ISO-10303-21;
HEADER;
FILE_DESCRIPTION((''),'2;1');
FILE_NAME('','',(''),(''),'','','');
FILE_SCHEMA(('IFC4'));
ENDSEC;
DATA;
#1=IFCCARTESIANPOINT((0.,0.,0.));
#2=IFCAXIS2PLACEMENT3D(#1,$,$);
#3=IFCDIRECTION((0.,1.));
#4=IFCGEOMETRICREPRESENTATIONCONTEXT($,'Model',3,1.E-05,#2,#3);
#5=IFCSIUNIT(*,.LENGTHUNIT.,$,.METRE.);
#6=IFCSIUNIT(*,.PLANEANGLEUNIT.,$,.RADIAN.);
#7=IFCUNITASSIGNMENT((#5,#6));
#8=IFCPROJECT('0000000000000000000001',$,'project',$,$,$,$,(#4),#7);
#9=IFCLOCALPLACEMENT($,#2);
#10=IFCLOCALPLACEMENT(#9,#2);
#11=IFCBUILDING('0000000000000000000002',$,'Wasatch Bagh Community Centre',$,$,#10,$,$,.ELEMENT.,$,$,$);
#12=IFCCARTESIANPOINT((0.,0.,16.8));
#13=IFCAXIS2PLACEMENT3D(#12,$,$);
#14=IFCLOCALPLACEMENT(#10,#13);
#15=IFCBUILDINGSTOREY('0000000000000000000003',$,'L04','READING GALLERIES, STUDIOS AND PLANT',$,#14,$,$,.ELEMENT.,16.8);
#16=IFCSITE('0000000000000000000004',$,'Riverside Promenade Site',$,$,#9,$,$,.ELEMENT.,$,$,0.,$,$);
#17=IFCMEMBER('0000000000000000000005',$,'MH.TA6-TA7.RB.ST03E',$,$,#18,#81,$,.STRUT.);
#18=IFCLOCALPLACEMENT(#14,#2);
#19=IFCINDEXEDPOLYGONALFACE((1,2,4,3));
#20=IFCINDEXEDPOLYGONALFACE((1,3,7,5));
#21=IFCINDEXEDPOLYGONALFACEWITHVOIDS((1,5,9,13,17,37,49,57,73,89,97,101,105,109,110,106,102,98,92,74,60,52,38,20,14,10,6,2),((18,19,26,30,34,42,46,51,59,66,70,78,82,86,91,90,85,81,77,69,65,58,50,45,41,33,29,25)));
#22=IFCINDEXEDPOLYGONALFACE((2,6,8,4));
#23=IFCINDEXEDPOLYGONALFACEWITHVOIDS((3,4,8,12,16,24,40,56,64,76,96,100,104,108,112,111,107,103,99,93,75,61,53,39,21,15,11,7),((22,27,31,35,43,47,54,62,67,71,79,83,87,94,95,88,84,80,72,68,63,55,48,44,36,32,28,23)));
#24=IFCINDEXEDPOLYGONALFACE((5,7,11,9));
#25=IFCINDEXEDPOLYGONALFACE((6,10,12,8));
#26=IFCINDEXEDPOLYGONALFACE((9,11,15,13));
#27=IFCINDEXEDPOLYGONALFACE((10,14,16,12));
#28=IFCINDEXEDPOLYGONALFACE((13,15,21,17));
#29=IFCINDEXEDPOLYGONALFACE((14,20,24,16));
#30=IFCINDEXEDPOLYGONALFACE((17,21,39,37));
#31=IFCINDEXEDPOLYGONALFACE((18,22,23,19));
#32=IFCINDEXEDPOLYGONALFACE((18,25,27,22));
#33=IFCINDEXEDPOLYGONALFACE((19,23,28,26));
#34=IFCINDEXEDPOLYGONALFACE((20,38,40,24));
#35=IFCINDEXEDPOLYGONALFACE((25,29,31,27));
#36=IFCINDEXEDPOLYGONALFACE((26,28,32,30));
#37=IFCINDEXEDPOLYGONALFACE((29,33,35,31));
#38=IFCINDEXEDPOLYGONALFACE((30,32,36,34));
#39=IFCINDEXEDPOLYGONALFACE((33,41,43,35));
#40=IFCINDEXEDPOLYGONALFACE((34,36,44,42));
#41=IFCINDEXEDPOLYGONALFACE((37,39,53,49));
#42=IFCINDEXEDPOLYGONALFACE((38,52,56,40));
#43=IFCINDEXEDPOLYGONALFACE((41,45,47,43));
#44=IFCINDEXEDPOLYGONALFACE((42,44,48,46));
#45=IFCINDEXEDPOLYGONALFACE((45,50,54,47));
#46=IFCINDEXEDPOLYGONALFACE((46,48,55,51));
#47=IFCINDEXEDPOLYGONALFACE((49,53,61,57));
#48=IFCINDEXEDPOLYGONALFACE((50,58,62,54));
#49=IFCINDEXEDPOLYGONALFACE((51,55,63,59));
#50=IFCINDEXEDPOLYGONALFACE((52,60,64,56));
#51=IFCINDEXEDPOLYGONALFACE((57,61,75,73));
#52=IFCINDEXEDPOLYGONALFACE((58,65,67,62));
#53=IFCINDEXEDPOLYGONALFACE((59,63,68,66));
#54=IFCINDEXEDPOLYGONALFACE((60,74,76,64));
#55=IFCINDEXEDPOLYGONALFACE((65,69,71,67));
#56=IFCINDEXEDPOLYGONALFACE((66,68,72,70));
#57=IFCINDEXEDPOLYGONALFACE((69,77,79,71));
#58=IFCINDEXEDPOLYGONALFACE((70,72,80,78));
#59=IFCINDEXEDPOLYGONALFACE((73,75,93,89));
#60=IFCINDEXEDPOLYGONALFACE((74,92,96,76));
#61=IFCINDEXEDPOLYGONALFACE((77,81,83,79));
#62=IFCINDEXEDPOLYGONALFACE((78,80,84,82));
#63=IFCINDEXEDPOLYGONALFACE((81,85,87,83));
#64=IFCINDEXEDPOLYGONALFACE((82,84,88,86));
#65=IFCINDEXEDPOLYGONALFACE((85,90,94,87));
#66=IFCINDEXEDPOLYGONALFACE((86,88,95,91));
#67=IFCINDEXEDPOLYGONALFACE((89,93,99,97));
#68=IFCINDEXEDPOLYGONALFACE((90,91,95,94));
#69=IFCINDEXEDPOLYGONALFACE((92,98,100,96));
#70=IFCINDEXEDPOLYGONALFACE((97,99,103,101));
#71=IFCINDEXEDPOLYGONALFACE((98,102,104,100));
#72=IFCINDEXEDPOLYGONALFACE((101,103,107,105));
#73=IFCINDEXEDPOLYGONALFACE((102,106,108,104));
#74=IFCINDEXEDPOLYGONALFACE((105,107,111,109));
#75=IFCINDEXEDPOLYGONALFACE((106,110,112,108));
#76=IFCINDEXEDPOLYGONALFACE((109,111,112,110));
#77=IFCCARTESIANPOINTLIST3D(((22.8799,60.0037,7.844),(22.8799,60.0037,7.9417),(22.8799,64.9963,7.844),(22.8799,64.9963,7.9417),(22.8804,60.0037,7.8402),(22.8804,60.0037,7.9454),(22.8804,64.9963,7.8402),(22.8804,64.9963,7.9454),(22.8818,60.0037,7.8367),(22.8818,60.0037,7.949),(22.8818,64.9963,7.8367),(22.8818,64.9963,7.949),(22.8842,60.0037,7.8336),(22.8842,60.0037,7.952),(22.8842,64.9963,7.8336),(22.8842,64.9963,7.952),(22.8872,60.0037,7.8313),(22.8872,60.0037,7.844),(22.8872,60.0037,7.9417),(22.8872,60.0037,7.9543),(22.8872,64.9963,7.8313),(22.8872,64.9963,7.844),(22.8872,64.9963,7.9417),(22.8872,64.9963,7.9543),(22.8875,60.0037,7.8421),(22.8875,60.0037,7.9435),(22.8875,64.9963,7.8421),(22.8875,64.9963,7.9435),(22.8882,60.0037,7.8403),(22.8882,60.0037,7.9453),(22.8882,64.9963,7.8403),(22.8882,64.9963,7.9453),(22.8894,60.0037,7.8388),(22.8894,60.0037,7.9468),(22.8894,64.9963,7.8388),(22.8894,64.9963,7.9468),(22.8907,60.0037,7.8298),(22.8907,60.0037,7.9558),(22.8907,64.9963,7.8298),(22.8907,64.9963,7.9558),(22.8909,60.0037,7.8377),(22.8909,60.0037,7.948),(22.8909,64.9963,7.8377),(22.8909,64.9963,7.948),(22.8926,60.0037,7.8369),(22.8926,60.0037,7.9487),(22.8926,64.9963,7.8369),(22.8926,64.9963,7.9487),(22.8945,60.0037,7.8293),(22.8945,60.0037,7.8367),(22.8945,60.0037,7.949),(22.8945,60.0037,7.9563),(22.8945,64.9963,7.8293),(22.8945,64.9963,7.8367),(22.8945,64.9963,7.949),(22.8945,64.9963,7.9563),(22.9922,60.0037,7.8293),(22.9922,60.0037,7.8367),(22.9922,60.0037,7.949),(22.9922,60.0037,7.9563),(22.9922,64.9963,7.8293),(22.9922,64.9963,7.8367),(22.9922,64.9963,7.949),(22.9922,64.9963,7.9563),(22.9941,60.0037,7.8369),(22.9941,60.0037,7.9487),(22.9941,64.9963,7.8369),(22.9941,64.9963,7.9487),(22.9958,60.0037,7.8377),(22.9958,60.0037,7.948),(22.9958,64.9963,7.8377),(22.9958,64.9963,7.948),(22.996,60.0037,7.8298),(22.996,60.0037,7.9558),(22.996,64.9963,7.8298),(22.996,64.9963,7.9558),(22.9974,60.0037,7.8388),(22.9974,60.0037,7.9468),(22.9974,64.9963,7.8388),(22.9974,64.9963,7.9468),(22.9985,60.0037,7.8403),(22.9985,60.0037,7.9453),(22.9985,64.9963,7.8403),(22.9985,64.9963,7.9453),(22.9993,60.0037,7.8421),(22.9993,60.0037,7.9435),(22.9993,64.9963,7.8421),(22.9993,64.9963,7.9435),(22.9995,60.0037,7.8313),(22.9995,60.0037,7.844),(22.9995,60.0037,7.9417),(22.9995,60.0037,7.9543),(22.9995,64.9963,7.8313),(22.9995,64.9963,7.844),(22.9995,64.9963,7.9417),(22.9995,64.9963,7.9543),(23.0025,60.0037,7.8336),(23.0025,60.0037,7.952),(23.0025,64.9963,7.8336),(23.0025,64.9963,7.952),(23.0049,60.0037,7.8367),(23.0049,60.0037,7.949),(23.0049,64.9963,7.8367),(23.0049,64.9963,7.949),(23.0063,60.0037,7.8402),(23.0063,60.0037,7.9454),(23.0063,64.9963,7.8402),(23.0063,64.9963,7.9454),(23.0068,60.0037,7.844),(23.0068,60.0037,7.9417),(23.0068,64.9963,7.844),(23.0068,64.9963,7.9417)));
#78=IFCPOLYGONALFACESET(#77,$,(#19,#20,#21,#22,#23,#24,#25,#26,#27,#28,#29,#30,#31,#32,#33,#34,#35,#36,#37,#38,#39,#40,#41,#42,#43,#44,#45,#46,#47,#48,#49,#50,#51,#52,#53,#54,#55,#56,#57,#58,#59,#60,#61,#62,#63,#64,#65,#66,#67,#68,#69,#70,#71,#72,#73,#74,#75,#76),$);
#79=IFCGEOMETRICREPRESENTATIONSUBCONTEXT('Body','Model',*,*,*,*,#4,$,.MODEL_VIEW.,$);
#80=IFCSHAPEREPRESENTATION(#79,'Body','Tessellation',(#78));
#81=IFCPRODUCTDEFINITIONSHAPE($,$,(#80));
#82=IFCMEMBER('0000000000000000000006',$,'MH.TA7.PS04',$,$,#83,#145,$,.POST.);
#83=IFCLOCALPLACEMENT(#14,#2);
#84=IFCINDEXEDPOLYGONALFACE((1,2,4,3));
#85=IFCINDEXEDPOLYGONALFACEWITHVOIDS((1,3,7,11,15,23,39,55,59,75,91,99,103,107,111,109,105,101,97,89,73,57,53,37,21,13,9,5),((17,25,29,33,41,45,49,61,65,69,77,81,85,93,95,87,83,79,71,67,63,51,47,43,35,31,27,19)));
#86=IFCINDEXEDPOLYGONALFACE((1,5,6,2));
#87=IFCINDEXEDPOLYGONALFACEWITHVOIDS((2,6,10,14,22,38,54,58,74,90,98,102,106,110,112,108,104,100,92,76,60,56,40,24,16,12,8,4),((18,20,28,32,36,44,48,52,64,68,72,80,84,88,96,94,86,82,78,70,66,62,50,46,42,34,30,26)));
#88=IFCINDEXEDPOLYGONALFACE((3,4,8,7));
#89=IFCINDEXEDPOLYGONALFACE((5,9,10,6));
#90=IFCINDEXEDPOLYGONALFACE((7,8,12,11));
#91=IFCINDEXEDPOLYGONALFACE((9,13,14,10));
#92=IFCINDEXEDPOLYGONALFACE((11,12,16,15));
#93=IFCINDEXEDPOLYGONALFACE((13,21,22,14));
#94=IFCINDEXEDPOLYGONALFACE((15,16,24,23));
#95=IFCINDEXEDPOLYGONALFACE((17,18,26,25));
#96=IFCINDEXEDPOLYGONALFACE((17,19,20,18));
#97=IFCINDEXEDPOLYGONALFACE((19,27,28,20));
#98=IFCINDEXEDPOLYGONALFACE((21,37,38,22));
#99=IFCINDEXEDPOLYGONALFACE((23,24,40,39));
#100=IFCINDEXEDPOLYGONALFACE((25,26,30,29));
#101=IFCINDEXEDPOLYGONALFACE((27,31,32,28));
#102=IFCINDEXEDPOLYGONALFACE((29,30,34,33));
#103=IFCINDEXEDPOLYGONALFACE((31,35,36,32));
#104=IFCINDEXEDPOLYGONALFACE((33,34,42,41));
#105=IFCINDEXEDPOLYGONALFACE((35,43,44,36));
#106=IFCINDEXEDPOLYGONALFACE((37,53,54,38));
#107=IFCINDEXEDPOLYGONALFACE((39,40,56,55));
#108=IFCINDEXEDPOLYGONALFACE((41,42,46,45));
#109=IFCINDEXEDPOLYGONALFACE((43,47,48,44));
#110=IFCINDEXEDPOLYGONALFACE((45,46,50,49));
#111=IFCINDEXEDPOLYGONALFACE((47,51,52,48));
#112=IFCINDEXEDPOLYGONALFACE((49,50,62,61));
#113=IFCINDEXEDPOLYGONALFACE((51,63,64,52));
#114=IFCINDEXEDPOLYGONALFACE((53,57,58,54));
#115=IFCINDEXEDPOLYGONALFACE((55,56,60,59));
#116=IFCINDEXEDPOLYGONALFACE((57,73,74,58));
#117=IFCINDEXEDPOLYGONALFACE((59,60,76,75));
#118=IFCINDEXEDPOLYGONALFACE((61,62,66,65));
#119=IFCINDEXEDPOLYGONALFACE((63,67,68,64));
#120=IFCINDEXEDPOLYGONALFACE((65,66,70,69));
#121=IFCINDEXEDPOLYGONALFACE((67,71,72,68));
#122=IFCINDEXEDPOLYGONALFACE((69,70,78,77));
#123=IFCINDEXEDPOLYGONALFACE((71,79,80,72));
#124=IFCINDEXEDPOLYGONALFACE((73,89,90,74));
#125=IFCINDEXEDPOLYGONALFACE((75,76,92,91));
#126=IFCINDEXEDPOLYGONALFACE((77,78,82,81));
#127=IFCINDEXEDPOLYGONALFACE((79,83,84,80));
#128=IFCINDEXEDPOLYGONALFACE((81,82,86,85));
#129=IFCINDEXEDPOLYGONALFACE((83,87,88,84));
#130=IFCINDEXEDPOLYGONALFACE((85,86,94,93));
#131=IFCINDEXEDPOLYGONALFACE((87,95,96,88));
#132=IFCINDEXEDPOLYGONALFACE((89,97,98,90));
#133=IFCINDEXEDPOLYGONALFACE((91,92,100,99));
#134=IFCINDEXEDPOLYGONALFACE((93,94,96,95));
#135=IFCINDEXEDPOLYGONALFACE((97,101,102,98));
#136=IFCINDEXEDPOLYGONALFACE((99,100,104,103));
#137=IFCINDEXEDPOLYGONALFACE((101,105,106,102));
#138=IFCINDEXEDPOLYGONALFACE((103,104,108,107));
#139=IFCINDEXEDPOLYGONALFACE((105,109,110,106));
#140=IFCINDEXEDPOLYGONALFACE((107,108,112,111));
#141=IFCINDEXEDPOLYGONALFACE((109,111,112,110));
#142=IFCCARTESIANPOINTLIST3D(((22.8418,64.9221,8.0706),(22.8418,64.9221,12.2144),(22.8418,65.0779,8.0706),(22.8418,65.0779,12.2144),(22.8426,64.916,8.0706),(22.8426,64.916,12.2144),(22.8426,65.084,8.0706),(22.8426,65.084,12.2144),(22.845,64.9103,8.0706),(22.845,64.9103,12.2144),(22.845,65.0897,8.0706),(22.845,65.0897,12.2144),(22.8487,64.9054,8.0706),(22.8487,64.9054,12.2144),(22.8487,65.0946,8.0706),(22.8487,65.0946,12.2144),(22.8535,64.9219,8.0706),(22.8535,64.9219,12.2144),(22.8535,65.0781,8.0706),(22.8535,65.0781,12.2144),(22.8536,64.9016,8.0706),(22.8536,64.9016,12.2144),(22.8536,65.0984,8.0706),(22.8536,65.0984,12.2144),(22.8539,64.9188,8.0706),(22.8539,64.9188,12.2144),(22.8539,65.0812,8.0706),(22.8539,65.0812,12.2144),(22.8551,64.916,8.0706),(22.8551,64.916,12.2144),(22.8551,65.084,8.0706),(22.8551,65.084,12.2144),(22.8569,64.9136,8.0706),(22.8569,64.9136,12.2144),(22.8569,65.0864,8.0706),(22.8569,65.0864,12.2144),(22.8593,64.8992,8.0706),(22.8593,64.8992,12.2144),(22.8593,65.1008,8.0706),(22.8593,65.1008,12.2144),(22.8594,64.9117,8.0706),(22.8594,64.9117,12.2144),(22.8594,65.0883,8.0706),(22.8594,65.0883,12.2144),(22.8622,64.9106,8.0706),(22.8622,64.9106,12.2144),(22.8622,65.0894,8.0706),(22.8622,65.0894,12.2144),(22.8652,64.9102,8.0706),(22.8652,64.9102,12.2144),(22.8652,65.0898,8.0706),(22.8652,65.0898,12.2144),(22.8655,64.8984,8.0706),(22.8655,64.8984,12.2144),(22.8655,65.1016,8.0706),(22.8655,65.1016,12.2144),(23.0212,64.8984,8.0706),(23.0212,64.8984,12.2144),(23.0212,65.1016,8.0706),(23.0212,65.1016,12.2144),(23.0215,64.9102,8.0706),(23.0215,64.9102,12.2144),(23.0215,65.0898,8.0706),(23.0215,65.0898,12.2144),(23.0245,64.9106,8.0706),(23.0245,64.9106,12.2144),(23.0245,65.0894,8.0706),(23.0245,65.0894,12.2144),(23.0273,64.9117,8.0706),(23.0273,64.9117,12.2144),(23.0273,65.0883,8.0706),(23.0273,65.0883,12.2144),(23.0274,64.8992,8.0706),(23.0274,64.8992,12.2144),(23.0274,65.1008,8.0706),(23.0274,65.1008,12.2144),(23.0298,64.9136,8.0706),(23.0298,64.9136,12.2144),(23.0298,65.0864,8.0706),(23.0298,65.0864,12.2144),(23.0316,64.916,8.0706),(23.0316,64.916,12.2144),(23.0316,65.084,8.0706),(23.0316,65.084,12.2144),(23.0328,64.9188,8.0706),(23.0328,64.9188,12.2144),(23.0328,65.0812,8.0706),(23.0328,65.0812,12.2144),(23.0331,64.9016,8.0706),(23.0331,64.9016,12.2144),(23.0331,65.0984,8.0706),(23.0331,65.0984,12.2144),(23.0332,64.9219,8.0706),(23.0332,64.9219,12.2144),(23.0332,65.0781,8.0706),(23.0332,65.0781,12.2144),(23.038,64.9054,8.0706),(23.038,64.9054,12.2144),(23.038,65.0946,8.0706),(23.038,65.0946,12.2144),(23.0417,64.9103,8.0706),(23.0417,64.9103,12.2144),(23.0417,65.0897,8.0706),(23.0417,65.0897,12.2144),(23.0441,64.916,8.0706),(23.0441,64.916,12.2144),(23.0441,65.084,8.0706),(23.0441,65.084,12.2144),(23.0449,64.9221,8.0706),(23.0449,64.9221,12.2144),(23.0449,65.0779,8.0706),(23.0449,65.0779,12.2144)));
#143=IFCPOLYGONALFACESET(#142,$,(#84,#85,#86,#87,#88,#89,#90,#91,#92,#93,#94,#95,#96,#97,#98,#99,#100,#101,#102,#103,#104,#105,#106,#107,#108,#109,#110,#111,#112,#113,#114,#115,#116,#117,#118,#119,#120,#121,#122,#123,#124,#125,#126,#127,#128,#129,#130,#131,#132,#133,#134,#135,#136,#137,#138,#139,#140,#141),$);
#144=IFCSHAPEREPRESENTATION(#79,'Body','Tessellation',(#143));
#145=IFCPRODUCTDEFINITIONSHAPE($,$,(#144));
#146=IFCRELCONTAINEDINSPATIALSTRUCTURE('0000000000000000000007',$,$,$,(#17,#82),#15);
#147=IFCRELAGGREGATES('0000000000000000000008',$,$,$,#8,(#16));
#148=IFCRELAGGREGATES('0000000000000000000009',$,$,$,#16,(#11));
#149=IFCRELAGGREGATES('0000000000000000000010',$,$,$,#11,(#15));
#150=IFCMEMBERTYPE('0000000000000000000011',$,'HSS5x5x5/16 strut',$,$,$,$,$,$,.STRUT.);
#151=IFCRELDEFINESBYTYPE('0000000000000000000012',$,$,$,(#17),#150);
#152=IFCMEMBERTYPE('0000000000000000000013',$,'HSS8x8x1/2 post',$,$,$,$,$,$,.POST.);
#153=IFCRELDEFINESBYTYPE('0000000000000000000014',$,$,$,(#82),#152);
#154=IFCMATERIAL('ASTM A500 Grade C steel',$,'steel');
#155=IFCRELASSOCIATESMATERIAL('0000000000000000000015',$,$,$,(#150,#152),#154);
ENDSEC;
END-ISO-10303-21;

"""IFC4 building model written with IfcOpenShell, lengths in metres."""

from ifc_helpers import new_model, si_unit, direction, frame, origin, origin_2d, place, context, subcontext, project, spatial, hollow_rectangle, extrude, material, material_profile, profile_set, type_object, element, save


model = new_model("IFC4")

# Units and contexts
model_context = context("Model", 3, precision=1e-05, world=origin(), true_north=direction((0.0, 1.0)))
body_context = subcontext(model_context, "Body", "Model", "MODEL_VIEW")
ifc_project = project(units=[si_unit("LENGTHUNIT", "METRE"), si_unit("PLANEANGLEUNIT", "RADIAN")], contexts=[model_context])

# Site, building, storey
site_placement = place(None, origin())
site = spatial("IfcSite", under=ifc_project, at=site_placement, Name="Riverside Promenade Site", CompositionType="ELEMENT", RefElevation=0.0)
building_placement = place(site_placement, origin())
building = spatial("IfcBuilding", under=site, at=building_placement, Name="Wasatch Bagh Community Centre", CompositionType="ELEMENT")
storey_placement = place(building_placement, frame((0.0, 0.0, 16.8)))
storey = spatial("IfcBuildingStorey", under=building, at=storey_placement, Name="L04", Description="READING GALLERIES, STUDIOS AND PLANT", CompositionType="ELEMENT", Elevation=16.8)

# Members
ifc_material_1 = material(Name="ASTM A500 Grade C steel", Category="steel")
ifc_material_profile_1 = material_profile(ifc_material_1, hollow_rectangle(XDim=0.127, YDim=0.127, WallThickness=0.0073, InnerFilletRadius=0.0073, OuterFilletRadius=0.0146, at=origin_2d()), Name="HSS5x5x5/16")
ifc_profile_set_1 = profile_set([ifc_material_profile_1], Name="ASTM A500 Grade C steel")
member_type_1 = type_object("IfcMemberType", Name="HSS5x5x5/16 strut", PredefinedType="STRUT", material=ifc_profile_set_1)
member_1_placement = place(storey_placement, frame((22.9434, 60.0037, 7.8928), z_axis=(0.0, 1.0, 0.0), x_axis=(-1.0, 0.0, 0.0)))
element("IfcMember", 1, at=member_1_placement, inside=storey, type_object=member_type_1, Name="MH.TA6-TA7.RB.ST03E", PredefinedType="STRUT", context=body_context, shape_type="SweptSolid", body=[
    extrude(hollow_rectangle(XDim=0.127, YDim=0.127, WallThickness=0.0073, InnerFilletRadius=0.0073, OuterFilletRadius=0.0146, at=origin_2d()), origin(), (0.0, 0.0, 1.0), 4.9927),
])
ifc_material_profile_2 = material_profile(ifc_material_1, hollow_rectangle(XDim=0.2031, YDim=0.2031, WallThickness=0.0117, InnerFilletRadius=0.0117, OuterFilletRadius=0.0237, at=origin_2d()), Name="HSS8x8x1/2")
ifc_profile_set_2 = profile_set([ifc_material_profile_2], Name="ASTM A500 Grade C steel")
member_type_2 = type_object("IfcMemberType", Name="HSS8x8x1/2 post", PredefinedType="POST", material=ifc_profile_set_2)
member_2_placement = place(storey_placement, frame((22.9434, 65.0, 8.0706), z_axis=(0.0, 0.0, 1.0), x_axis=(1.0, 0.0, 0.0)))
element("IfcMember", 2, at=member_2_placement, inside=storey, type_object=member_type_2, Name="MH.TA7.PS04", PredefinedType="POST", context=body_context, shape_type="SweptSolid", body=[
    extrude(hollow_rectangle(XDim=0.2031, YDim=0.2031, WallThickness=0.0117, InnerFilletRadius=0.0117, OuterFilletRadius=0.0237, at=origin_2d()), origin(), (0.0, 0.0, 1.0), 4.1438),
])

save(model, "model.ifc")
